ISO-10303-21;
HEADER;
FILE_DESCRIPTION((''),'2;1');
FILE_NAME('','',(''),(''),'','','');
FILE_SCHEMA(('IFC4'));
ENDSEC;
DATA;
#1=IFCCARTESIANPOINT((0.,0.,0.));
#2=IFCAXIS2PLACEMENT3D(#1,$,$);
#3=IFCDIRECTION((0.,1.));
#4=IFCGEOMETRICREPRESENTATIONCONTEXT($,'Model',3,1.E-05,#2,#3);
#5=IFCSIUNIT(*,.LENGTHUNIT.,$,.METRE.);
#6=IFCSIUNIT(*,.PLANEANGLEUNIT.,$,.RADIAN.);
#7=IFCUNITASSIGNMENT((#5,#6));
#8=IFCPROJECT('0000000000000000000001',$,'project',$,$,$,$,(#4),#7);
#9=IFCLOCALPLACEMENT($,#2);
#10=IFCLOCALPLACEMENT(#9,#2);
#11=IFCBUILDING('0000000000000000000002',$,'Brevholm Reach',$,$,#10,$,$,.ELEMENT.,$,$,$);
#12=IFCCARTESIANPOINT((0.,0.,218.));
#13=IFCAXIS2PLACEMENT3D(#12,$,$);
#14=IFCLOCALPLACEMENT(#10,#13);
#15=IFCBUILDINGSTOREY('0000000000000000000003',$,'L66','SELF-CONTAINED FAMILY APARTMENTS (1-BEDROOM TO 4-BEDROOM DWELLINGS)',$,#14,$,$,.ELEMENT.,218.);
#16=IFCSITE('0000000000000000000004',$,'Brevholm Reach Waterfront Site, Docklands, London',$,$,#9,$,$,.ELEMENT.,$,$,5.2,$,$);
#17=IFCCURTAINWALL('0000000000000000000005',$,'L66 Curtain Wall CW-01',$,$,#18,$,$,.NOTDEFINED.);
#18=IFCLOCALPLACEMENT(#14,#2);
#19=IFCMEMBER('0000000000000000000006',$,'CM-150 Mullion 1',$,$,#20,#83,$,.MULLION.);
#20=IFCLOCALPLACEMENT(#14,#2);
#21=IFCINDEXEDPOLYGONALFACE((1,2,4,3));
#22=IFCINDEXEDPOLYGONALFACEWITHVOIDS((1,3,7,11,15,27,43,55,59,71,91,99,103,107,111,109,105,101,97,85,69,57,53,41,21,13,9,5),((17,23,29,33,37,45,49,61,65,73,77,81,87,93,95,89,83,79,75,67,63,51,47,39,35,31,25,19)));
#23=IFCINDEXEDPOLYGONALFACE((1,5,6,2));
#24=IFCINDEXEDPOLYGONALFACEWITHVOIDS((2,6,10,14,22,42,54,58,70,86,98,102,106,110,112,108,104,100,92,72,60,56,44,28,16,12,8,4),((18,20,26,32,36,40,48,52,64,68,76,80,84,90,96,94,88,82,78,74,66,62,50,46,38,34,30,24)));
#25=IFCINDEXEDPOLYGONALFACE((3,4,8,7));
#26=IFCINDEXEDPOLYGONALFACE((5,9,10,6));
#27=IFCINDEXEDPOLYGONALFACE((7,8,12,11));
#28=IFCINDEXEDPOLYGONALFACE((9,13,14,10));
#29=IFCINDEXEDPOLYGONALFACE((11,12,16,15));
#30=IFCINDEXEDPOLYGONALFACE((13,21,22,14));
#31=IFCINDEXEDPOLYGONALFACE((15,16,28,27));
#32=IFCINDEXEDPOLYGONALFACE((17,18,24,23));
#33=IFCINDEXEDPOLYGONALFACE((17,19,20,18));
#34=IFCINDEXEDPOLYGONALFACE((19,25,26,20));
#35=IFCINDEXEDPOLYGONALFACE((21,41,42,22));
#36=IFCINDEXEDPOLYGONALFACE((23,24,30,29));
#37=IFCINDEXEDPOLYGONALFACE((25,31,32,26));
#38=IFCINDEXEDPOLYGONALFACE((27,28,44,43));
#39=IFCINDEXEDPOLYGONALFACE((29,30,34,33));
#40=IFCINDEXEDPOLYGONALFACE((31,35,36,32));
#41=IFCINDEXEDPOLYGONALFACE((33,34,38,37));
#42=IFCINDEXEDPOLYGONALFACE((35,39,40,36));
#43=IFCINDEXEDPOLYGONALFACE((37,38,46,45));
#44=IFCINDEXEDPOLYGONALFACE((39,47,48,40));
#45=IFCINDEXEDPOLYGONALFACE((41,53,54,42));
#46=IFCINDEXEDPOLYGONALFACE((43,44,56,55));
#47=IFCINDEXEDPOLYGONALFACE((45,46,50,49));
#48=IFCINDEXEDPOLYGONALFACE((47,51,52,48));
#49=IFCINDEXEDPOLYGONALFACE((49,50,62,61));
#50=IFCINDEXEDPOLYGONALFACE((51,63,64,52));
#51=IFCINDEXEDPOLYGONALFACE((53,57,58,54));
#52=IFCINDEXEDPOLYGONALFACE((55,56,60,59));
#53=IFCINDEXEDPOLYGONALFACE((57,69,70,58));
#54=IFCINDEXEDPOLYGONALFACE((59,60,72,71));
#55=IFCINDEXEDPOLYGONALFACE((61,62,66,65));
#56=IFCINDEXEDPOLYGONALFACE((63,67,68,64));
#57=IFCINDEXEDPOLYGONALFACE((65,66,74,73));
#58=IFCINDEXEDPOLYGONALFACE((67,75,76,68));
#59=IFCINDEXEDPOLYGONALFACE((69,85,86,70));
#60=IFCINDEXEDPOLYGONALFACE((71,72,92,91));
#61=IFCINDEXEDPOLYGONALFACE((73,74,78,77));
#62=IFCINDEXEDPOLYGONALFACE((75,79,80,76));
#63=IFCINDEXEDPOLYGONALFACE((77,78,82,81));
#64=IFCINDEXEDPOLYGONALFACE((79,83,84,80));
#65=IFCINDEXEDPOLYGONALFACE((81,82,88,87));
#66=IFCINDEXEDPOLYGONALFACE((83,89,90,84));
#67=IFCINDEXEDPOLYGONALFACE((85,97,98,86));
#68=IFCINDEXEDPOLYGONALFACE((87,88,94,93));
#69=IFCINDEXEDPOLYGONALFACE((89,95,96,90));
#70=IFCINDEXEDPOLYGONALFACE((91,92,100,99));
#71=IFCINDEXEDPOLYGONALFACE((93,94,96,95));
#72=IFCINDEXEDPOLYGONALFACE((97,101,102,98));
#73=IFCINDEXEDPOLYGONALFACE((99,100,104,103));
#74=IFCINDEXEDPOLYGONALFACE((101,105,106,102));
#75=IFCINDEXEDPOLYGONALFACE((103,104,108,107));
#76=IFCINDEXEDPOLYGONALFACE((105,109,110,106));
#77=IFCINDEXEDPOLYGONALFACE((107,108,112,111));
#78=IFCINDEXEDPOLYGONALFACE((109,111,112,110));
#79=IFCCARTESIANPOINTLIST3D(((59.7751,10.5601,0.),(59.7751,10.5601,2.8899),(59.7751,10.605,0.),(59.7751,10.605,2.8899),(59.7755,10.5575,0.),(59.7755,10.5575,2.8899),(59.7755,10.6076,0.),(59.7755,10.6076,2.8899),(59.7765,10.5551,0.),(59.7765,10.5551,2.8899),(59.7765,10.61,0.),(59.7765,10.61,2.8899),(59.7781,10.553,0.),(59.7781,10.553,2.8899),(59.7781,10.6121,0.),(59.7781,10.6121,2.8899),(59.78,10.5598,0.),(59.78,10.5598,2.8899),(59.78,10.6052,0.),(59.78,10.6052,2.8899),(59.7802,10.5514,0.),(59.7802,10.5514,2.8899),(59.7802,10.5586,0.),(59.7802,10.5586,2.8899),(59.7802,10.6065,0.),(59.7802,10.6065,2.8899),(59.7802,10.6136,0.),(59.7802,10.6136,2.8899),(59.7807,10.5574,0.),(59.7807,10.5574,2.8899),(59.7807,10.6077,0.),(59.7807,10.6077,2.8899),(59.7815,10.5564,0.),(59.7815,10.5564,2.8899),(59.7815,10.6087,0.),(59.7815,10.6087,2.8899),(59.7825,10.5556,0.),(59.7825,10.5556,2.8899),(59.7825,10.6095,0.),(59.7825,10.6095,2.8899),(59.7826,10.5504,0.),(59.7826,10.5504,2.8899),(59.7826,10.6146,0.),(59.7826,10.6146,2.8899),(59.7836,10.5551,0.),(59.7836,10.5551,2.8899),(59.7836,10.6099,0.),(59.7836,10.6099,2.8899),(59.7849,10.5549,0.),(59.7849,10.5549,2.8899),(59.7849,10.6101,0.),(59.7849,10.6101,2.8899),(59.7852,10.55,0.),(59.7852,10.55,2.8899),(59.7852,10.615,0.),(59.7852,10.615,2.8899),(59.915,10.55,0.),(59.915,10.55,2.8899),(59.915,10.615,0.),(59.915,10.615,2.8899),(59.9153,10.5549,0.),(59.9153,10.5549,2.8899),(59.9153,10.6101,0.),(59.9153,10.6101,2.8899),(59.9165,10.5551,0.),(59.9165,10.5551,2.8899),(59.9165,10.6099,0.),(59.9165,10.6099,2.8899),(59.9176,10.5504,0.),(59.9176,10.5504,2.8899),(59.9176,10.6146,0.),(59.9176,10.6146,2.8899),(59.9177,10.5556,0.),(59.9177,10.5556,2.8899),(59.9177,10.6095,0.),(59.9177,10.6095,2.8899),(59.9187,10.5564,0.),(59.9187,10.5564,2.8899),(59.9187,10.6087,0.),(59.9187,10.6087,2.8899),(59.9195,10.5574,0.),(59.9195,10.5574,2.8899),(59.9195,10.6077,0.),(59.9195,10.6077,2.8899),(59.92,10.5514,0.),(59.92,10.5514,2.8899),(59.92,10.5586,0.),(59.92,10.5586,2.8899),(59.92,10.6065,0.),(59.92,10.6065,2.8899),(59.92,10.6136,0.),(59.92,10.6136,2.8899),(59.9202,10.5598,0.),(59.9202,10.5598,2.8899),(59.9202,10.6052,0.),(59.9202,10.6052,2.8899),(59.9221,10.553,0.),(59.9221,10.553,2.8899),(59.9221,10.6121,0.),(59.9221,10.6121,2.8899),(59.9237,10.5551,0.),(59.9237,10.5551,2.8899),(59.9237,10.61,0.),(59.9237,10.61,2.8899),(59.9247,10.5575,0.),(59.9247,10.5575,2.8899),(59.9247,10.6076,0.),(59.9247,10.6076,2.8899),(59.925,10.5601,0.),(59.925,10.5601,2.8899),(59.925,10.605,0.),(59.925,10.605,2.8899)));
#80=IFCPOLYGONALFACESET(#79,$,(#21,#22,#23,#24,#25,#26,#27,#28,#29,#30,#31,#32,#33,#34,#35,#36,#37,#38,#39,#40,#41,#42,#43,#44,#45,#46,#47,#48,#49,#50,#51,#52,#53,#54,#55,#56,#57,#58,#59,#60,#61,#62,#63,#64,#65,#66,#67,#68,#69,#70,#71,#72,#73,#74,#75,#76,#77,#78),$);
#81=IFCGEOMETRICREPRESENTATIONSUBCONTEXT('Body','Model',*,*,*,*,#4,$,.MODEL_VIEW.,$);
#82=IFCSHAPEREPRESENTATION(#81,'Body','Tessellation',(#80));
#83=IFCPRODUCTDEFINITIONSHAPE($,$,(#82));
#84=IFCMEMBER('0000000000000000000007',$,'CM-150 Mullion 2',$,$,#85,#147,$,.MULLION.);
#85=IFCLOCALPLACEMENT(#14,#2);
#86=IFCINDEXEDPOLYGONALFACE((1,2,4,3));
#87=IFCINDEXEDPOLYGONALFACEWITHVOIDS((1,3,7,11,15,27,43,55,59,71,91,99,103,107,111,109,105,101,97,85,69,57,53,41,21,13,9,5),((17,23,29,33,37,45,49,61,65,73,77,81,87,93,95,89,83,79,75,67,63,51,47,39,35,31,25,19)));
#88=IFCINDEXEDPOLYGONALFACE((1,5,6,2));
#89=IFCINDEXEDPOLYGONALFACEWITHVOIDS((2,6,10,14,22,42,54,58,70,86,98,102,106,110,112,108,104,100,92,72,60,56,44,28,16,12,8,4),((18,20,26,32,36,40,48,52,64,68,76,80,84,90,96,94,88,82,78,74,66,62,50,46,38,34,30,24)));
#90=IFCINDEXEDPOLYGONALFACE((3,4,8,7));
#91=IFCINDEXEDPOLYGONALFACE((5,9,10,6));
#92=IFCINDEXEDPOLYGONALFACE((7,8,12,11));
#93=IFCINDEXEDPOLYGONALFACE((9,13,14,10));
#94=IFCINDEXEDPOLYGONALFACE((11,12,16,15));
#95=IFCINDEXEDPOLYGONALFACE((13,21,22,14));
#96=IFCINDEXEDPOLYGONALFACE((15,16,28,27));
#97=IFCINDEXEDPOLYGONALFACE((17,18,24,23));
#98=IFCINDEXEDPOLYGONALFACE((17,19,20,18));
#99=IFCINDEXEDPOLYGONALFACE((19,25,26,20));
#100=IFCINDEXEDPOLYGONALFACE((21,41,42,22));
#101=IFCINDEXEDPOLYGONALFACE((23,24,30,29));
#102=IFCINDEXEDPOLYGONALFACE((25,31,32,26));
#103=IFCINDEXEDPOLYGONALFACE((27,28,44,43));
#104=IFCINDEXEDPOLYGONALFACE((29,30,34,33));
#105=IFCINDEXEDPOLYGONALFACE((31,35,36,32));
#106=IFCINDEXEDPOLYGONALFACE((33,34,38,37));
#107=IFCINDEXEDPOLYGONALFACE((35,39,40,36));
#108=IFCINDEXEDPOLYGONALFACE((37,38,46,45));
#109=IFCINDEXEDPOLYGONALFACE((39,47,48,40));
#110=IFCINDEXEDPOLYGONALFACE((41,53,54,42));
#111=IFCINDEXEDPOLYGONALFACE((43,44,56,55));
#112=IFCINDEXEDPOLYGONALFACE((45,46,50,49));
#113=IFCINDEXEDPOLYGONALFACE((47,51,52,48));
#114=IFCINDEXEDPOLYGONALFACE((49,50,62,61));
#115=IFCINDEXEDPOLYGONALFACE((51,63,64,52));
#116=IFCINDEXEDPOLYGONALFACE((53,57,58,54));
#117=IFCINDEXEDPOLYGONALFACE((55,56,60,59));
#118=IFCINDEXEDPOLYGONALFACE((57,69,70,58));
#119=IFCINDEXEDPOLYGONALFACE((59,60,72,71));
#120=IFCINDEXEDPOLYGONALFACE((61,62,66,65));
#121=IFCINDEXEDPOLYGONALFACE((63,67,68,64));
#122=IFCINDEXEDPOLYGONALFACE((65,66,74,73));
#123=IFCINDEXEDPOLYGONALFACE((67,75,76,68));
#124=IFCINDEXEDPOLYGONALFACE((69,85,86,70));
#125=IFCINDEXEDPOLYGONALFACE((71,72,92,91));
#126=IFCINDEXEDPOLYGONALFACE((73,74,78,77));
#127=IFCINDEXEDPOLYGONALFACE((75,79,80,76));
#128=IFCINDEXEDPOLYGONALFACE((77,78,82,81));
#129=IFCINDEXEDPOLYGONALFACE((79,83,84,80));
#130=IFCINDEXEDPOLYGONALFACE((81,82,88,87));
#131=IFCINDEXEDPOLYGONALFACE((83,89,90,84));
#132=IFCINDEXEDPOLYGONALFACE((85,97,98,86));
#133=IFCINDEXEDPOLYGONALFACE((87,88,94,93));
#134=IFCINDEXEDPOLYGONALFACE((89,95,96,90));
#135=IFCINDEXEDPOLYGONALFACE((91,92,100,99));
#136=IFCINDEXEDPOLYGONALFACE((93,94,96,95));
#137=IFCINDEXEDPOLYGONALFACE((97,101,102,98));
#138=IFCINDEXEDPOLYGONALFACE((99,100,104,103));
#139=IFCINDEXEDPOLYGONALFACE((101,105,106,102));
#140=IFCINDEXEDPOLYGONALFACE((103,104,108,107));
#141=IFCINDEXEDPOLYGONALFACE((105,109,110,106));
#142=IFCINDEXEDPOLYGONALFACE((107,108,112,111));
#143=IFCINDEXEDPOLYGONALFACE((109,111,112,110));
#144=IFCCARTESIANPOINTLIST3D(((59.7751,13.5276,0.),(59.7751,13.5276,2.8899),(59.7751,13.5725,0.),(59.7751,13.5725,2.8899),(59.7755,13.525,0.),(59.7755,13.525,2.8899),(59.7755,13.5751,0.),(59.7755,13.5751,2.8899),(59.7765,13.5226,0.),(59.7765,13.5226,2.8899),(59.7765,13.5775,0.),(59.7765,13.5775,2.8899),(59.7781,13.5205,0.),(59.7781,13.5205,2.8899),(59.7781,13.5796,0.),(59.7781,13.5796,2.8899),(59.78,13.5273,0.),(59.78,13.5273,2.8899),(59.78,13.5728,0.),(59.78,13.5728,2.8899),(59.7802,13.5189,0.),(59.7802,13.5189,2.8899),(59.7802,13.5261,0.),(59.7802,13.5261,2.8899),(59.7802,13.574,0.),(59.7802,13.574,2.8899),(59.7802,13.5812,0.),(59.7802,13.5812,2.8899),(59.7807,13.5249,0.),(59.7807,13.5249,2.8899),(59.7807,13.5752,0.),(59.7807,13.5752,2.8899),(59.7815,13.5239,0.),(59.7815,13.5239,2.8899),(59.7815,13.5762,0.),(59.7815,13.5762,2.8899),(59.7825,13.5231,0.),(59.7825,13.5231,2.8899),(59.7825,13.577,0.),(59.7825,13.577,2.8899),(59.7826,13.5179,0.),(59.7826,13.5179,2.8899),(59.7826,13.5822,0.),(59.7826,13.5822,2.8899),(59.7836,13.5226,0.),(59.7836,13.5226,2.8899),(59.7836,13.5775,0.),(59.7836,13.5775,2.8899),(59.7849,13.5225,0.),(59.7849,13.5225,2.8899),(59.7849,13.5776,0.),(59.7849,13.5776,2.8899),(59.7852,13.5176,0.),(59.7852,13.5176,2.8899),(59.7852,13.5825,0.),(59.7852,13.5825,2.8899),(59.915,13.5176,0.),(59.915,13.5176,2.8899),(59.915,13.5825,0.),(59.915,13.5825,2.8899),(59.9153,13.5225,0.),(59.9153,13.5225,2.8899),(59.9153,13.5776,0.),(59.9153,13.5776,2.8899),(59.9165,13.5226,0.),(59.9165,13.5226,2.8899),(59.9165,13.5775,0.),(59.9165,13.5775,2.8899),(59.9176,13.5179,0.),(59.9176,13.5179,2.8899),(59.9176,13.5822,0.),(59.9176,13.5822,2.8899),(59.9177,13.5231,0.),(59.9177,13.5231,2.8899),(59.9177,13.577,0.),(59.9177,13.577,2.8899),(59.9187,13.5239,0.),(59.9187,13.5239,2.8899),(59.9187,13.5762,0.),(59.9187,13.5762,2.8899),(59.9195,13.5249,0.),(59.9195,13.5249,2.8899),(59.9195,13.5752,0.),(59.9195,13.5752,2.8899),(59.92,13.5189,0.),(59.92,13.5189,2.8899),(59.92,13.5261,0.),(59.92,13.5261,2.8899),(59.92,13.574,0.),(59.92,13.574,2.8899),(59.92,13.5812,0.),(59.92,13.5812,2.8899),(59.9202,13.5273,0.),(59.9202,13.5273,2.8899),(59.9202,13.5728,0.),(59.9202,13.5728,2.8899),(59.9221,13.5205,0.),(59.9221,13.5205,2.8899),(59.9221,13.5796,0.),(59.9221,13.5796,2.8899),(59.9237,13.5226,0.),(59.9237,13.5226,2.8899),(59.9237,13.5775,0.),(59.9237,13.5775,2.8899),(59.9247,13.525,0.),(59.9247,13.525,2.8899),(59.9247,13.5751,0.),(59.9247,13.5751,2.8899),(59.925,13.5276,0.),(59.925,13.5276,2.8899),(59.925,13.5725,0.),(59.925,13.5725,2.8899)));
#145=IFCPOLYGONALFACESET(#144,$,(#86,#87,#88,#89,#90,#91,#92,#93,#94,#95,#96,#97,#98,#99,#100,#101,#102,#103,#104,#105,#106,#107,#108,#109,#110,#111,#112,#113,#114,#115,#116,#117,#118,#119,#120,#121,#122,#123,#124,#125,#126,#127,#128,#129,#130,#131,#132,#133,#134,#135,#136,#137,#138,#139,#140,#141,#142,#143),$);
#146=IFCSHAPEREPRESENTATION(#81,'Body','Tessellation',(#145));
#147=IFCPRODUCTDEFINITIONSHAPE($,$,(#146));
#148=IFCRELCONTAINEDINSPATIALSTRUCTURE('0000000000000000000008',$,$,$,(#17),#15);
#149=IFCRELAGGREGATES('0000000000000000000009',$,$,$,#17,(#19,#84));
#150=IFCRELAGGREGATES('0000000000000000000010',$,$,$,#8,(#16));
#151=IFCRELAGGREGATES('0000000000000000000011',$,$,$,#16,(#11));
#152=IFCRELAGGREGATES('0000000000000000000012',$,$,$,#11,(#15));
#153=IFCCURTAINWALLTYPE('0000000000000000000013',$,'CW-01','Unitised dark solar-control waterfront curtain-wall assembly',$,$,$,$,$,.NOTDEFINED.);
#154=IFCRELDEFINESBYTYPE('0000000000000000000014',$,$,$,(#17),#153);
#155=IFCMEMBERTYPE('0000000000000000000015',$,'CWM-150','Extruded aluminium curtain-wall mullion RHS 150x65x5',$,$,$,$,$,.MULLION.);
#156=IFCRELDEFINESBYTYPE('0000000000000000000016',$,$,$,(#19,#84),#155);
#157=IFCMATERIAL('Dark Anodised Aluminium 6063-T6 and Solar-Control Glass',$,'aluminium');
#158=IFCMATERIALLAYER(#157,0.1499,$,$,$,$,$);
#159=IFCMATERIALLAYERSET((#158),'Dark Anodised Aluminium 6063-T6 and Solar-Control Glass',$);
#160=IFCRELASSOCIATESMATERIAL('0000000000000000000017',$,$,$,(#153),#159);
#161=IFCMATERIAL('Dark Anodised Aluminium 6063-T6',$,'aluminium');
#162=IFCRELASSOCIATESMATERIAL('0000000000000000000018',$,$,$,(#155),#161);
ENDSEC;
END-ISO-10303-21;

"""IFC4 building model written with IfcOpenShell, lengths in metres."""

from ifc_helpers import new_model, si_unit, direction, frame, origin, origin_2d, place, context, subcontext, project, spatial, hollow_rectangle, extrude, material, layer, layer_set, material_profile, profile_set, type_object, element, aggregate, save


model = new_model("IFC4")

# Units and contexts
model_context = context("Model", 3, precision=1e-05, world=origin(), true_north=direction((0.0, 1.0)))
body_context = subcontext(model_context, "Body", "Model", "MODEL_VIEW")
ifc_project = project(units=[si_unit("LENGTHUNIT", "METRE"), si_unit("PLANEANGLEUNIT", "RADIAN")], contexts=[model_context])

# Site, building, storey
site_placement = place(None, origin())
site = spatial("IfcSite", under=ifc_project, at=site_placement, Name="Brevholm Reach Waterfront Site, Docklands, London", CompositionType="ELEMENT", RefElevation=5.2)
building_placement = place(site_placement, origin())
building = spatial("IfcBuilding", under=site, at=building_placement, Name="Brevholm Reach", CompositionType="ELEMENT")
storey_placement = place(building_placement, frame((0.0, 0.0, 218.0)))
storey = spatial("IfcBuildingStorey", under=building, at=storey_placement, Name="L66", Description="SELF-CONTAINED FAMILY APARTMENTS (1-BEDROOM TO 4-BEDROOM DWELLINGS)", CompositionType="ELEMENT", Elevation=218.0)

# Curtain wall, members
ifc_material_1 = material(Name="Dark Anodised Aluminium 6063-T6 and Solar-Control Glass", Category="aluminium")
ifc_layer_1 = layer(ifc_material_1, 0.1499)
ifc_layer_set_1 = layer_set([ifc_layer_1], Name="Dark Anodised Aluminium 6063-T6 and Solar-Control Glass")
curtain_wall_type = type_object("IfcCurtainWallType", Name="CW-01", Description="Unitised dark solar-control waterfront curtain-wall assembly", PredefinedType="NOTDEFINED", material=ifc_layer_set_1)
curtain_wall_placement = place(storey_placement, origin())
curtain_wall = element("IfcCurtainWall", 1, at=curtain_wall_placement, inside=storey, type_object=curtain_wall_type, Name="L66 Curtain Wall CW-01", PredefinedType="NOTDEFINED")
ifc_material_2 = material(Name="Dark Anodised Aluminium 6063-T6", Category="aluminium")
ifc_material_profile_1 = material_profile(ifc_material_2, hollow_rectangle(XDim=0.0649, YDim=0.1499, WallThickness=0.0049, InnerFilletRadius=0.0049, OuterFilletRadius=0.01, at=origin_2d()), Name="RHS 150x65x5")
ifc_profile_set_1 = profile_set([ifc_material_profile_1], Name="Dark Anodised Aluminium 6063-T6")
member_type_1 = type_object("IfcMemberType", Name="CWM-150", Description="Extruded aluminium curtain-wall mullion RHS 150x65x5", PredefinedType="MULLION", material=ifc_profile_set_1)
member_1_placement = place(storey_placement, frame((59.8501, 10.5825, 0.0), z_axis=(0.0, 0.0, 1.0), x_axis=(0.0, 1.0, 0.0)))
member_1 = element("IfcMember", 2, at=member_1_placement, type_object=member_type_1, Name="CM-150 Mullion 1", PredefinedType="MULLION", context=body_context, shape_type="SweptSolid", body=[
    extrude(hollow_rectangle(XDim=0.0649, YDim=0.1499, WallThickness=0.0049, InnerFilletRadius=0.0049, OuterFilletRadius=0.01, at=origin_2d()), origin(), (0.0, 0.0, 1.0), 2.8899),
])
member_2_placement = place(storey_placement, frame((59.8501, 13.55, 0.0), z_axis=(0.0, 0.0, 1.0), x_axis=(0.0, 1.0, 0.0)))
member_2 = element("IfcMember", 3, at=member_2_placement, type_object=member_type_1, Name="CM-150 Mullion 2", PredefinedType="MULLION", context=body_context, shape_type="SweptSolid", body=[
    extrude(hollow_rectangle(XDim=0.0649, YDim=0.1499, WallThickness=0.0049, InnerFilletRadius=0.0049, OuterFilletRadius=0.01, at=origin_2d()), origin(), (0.0, 0.0, 1.0), 2.8899),
])
aggregate(curtain_wall, [member_1, member_2])

save(model, "model.ifc")
